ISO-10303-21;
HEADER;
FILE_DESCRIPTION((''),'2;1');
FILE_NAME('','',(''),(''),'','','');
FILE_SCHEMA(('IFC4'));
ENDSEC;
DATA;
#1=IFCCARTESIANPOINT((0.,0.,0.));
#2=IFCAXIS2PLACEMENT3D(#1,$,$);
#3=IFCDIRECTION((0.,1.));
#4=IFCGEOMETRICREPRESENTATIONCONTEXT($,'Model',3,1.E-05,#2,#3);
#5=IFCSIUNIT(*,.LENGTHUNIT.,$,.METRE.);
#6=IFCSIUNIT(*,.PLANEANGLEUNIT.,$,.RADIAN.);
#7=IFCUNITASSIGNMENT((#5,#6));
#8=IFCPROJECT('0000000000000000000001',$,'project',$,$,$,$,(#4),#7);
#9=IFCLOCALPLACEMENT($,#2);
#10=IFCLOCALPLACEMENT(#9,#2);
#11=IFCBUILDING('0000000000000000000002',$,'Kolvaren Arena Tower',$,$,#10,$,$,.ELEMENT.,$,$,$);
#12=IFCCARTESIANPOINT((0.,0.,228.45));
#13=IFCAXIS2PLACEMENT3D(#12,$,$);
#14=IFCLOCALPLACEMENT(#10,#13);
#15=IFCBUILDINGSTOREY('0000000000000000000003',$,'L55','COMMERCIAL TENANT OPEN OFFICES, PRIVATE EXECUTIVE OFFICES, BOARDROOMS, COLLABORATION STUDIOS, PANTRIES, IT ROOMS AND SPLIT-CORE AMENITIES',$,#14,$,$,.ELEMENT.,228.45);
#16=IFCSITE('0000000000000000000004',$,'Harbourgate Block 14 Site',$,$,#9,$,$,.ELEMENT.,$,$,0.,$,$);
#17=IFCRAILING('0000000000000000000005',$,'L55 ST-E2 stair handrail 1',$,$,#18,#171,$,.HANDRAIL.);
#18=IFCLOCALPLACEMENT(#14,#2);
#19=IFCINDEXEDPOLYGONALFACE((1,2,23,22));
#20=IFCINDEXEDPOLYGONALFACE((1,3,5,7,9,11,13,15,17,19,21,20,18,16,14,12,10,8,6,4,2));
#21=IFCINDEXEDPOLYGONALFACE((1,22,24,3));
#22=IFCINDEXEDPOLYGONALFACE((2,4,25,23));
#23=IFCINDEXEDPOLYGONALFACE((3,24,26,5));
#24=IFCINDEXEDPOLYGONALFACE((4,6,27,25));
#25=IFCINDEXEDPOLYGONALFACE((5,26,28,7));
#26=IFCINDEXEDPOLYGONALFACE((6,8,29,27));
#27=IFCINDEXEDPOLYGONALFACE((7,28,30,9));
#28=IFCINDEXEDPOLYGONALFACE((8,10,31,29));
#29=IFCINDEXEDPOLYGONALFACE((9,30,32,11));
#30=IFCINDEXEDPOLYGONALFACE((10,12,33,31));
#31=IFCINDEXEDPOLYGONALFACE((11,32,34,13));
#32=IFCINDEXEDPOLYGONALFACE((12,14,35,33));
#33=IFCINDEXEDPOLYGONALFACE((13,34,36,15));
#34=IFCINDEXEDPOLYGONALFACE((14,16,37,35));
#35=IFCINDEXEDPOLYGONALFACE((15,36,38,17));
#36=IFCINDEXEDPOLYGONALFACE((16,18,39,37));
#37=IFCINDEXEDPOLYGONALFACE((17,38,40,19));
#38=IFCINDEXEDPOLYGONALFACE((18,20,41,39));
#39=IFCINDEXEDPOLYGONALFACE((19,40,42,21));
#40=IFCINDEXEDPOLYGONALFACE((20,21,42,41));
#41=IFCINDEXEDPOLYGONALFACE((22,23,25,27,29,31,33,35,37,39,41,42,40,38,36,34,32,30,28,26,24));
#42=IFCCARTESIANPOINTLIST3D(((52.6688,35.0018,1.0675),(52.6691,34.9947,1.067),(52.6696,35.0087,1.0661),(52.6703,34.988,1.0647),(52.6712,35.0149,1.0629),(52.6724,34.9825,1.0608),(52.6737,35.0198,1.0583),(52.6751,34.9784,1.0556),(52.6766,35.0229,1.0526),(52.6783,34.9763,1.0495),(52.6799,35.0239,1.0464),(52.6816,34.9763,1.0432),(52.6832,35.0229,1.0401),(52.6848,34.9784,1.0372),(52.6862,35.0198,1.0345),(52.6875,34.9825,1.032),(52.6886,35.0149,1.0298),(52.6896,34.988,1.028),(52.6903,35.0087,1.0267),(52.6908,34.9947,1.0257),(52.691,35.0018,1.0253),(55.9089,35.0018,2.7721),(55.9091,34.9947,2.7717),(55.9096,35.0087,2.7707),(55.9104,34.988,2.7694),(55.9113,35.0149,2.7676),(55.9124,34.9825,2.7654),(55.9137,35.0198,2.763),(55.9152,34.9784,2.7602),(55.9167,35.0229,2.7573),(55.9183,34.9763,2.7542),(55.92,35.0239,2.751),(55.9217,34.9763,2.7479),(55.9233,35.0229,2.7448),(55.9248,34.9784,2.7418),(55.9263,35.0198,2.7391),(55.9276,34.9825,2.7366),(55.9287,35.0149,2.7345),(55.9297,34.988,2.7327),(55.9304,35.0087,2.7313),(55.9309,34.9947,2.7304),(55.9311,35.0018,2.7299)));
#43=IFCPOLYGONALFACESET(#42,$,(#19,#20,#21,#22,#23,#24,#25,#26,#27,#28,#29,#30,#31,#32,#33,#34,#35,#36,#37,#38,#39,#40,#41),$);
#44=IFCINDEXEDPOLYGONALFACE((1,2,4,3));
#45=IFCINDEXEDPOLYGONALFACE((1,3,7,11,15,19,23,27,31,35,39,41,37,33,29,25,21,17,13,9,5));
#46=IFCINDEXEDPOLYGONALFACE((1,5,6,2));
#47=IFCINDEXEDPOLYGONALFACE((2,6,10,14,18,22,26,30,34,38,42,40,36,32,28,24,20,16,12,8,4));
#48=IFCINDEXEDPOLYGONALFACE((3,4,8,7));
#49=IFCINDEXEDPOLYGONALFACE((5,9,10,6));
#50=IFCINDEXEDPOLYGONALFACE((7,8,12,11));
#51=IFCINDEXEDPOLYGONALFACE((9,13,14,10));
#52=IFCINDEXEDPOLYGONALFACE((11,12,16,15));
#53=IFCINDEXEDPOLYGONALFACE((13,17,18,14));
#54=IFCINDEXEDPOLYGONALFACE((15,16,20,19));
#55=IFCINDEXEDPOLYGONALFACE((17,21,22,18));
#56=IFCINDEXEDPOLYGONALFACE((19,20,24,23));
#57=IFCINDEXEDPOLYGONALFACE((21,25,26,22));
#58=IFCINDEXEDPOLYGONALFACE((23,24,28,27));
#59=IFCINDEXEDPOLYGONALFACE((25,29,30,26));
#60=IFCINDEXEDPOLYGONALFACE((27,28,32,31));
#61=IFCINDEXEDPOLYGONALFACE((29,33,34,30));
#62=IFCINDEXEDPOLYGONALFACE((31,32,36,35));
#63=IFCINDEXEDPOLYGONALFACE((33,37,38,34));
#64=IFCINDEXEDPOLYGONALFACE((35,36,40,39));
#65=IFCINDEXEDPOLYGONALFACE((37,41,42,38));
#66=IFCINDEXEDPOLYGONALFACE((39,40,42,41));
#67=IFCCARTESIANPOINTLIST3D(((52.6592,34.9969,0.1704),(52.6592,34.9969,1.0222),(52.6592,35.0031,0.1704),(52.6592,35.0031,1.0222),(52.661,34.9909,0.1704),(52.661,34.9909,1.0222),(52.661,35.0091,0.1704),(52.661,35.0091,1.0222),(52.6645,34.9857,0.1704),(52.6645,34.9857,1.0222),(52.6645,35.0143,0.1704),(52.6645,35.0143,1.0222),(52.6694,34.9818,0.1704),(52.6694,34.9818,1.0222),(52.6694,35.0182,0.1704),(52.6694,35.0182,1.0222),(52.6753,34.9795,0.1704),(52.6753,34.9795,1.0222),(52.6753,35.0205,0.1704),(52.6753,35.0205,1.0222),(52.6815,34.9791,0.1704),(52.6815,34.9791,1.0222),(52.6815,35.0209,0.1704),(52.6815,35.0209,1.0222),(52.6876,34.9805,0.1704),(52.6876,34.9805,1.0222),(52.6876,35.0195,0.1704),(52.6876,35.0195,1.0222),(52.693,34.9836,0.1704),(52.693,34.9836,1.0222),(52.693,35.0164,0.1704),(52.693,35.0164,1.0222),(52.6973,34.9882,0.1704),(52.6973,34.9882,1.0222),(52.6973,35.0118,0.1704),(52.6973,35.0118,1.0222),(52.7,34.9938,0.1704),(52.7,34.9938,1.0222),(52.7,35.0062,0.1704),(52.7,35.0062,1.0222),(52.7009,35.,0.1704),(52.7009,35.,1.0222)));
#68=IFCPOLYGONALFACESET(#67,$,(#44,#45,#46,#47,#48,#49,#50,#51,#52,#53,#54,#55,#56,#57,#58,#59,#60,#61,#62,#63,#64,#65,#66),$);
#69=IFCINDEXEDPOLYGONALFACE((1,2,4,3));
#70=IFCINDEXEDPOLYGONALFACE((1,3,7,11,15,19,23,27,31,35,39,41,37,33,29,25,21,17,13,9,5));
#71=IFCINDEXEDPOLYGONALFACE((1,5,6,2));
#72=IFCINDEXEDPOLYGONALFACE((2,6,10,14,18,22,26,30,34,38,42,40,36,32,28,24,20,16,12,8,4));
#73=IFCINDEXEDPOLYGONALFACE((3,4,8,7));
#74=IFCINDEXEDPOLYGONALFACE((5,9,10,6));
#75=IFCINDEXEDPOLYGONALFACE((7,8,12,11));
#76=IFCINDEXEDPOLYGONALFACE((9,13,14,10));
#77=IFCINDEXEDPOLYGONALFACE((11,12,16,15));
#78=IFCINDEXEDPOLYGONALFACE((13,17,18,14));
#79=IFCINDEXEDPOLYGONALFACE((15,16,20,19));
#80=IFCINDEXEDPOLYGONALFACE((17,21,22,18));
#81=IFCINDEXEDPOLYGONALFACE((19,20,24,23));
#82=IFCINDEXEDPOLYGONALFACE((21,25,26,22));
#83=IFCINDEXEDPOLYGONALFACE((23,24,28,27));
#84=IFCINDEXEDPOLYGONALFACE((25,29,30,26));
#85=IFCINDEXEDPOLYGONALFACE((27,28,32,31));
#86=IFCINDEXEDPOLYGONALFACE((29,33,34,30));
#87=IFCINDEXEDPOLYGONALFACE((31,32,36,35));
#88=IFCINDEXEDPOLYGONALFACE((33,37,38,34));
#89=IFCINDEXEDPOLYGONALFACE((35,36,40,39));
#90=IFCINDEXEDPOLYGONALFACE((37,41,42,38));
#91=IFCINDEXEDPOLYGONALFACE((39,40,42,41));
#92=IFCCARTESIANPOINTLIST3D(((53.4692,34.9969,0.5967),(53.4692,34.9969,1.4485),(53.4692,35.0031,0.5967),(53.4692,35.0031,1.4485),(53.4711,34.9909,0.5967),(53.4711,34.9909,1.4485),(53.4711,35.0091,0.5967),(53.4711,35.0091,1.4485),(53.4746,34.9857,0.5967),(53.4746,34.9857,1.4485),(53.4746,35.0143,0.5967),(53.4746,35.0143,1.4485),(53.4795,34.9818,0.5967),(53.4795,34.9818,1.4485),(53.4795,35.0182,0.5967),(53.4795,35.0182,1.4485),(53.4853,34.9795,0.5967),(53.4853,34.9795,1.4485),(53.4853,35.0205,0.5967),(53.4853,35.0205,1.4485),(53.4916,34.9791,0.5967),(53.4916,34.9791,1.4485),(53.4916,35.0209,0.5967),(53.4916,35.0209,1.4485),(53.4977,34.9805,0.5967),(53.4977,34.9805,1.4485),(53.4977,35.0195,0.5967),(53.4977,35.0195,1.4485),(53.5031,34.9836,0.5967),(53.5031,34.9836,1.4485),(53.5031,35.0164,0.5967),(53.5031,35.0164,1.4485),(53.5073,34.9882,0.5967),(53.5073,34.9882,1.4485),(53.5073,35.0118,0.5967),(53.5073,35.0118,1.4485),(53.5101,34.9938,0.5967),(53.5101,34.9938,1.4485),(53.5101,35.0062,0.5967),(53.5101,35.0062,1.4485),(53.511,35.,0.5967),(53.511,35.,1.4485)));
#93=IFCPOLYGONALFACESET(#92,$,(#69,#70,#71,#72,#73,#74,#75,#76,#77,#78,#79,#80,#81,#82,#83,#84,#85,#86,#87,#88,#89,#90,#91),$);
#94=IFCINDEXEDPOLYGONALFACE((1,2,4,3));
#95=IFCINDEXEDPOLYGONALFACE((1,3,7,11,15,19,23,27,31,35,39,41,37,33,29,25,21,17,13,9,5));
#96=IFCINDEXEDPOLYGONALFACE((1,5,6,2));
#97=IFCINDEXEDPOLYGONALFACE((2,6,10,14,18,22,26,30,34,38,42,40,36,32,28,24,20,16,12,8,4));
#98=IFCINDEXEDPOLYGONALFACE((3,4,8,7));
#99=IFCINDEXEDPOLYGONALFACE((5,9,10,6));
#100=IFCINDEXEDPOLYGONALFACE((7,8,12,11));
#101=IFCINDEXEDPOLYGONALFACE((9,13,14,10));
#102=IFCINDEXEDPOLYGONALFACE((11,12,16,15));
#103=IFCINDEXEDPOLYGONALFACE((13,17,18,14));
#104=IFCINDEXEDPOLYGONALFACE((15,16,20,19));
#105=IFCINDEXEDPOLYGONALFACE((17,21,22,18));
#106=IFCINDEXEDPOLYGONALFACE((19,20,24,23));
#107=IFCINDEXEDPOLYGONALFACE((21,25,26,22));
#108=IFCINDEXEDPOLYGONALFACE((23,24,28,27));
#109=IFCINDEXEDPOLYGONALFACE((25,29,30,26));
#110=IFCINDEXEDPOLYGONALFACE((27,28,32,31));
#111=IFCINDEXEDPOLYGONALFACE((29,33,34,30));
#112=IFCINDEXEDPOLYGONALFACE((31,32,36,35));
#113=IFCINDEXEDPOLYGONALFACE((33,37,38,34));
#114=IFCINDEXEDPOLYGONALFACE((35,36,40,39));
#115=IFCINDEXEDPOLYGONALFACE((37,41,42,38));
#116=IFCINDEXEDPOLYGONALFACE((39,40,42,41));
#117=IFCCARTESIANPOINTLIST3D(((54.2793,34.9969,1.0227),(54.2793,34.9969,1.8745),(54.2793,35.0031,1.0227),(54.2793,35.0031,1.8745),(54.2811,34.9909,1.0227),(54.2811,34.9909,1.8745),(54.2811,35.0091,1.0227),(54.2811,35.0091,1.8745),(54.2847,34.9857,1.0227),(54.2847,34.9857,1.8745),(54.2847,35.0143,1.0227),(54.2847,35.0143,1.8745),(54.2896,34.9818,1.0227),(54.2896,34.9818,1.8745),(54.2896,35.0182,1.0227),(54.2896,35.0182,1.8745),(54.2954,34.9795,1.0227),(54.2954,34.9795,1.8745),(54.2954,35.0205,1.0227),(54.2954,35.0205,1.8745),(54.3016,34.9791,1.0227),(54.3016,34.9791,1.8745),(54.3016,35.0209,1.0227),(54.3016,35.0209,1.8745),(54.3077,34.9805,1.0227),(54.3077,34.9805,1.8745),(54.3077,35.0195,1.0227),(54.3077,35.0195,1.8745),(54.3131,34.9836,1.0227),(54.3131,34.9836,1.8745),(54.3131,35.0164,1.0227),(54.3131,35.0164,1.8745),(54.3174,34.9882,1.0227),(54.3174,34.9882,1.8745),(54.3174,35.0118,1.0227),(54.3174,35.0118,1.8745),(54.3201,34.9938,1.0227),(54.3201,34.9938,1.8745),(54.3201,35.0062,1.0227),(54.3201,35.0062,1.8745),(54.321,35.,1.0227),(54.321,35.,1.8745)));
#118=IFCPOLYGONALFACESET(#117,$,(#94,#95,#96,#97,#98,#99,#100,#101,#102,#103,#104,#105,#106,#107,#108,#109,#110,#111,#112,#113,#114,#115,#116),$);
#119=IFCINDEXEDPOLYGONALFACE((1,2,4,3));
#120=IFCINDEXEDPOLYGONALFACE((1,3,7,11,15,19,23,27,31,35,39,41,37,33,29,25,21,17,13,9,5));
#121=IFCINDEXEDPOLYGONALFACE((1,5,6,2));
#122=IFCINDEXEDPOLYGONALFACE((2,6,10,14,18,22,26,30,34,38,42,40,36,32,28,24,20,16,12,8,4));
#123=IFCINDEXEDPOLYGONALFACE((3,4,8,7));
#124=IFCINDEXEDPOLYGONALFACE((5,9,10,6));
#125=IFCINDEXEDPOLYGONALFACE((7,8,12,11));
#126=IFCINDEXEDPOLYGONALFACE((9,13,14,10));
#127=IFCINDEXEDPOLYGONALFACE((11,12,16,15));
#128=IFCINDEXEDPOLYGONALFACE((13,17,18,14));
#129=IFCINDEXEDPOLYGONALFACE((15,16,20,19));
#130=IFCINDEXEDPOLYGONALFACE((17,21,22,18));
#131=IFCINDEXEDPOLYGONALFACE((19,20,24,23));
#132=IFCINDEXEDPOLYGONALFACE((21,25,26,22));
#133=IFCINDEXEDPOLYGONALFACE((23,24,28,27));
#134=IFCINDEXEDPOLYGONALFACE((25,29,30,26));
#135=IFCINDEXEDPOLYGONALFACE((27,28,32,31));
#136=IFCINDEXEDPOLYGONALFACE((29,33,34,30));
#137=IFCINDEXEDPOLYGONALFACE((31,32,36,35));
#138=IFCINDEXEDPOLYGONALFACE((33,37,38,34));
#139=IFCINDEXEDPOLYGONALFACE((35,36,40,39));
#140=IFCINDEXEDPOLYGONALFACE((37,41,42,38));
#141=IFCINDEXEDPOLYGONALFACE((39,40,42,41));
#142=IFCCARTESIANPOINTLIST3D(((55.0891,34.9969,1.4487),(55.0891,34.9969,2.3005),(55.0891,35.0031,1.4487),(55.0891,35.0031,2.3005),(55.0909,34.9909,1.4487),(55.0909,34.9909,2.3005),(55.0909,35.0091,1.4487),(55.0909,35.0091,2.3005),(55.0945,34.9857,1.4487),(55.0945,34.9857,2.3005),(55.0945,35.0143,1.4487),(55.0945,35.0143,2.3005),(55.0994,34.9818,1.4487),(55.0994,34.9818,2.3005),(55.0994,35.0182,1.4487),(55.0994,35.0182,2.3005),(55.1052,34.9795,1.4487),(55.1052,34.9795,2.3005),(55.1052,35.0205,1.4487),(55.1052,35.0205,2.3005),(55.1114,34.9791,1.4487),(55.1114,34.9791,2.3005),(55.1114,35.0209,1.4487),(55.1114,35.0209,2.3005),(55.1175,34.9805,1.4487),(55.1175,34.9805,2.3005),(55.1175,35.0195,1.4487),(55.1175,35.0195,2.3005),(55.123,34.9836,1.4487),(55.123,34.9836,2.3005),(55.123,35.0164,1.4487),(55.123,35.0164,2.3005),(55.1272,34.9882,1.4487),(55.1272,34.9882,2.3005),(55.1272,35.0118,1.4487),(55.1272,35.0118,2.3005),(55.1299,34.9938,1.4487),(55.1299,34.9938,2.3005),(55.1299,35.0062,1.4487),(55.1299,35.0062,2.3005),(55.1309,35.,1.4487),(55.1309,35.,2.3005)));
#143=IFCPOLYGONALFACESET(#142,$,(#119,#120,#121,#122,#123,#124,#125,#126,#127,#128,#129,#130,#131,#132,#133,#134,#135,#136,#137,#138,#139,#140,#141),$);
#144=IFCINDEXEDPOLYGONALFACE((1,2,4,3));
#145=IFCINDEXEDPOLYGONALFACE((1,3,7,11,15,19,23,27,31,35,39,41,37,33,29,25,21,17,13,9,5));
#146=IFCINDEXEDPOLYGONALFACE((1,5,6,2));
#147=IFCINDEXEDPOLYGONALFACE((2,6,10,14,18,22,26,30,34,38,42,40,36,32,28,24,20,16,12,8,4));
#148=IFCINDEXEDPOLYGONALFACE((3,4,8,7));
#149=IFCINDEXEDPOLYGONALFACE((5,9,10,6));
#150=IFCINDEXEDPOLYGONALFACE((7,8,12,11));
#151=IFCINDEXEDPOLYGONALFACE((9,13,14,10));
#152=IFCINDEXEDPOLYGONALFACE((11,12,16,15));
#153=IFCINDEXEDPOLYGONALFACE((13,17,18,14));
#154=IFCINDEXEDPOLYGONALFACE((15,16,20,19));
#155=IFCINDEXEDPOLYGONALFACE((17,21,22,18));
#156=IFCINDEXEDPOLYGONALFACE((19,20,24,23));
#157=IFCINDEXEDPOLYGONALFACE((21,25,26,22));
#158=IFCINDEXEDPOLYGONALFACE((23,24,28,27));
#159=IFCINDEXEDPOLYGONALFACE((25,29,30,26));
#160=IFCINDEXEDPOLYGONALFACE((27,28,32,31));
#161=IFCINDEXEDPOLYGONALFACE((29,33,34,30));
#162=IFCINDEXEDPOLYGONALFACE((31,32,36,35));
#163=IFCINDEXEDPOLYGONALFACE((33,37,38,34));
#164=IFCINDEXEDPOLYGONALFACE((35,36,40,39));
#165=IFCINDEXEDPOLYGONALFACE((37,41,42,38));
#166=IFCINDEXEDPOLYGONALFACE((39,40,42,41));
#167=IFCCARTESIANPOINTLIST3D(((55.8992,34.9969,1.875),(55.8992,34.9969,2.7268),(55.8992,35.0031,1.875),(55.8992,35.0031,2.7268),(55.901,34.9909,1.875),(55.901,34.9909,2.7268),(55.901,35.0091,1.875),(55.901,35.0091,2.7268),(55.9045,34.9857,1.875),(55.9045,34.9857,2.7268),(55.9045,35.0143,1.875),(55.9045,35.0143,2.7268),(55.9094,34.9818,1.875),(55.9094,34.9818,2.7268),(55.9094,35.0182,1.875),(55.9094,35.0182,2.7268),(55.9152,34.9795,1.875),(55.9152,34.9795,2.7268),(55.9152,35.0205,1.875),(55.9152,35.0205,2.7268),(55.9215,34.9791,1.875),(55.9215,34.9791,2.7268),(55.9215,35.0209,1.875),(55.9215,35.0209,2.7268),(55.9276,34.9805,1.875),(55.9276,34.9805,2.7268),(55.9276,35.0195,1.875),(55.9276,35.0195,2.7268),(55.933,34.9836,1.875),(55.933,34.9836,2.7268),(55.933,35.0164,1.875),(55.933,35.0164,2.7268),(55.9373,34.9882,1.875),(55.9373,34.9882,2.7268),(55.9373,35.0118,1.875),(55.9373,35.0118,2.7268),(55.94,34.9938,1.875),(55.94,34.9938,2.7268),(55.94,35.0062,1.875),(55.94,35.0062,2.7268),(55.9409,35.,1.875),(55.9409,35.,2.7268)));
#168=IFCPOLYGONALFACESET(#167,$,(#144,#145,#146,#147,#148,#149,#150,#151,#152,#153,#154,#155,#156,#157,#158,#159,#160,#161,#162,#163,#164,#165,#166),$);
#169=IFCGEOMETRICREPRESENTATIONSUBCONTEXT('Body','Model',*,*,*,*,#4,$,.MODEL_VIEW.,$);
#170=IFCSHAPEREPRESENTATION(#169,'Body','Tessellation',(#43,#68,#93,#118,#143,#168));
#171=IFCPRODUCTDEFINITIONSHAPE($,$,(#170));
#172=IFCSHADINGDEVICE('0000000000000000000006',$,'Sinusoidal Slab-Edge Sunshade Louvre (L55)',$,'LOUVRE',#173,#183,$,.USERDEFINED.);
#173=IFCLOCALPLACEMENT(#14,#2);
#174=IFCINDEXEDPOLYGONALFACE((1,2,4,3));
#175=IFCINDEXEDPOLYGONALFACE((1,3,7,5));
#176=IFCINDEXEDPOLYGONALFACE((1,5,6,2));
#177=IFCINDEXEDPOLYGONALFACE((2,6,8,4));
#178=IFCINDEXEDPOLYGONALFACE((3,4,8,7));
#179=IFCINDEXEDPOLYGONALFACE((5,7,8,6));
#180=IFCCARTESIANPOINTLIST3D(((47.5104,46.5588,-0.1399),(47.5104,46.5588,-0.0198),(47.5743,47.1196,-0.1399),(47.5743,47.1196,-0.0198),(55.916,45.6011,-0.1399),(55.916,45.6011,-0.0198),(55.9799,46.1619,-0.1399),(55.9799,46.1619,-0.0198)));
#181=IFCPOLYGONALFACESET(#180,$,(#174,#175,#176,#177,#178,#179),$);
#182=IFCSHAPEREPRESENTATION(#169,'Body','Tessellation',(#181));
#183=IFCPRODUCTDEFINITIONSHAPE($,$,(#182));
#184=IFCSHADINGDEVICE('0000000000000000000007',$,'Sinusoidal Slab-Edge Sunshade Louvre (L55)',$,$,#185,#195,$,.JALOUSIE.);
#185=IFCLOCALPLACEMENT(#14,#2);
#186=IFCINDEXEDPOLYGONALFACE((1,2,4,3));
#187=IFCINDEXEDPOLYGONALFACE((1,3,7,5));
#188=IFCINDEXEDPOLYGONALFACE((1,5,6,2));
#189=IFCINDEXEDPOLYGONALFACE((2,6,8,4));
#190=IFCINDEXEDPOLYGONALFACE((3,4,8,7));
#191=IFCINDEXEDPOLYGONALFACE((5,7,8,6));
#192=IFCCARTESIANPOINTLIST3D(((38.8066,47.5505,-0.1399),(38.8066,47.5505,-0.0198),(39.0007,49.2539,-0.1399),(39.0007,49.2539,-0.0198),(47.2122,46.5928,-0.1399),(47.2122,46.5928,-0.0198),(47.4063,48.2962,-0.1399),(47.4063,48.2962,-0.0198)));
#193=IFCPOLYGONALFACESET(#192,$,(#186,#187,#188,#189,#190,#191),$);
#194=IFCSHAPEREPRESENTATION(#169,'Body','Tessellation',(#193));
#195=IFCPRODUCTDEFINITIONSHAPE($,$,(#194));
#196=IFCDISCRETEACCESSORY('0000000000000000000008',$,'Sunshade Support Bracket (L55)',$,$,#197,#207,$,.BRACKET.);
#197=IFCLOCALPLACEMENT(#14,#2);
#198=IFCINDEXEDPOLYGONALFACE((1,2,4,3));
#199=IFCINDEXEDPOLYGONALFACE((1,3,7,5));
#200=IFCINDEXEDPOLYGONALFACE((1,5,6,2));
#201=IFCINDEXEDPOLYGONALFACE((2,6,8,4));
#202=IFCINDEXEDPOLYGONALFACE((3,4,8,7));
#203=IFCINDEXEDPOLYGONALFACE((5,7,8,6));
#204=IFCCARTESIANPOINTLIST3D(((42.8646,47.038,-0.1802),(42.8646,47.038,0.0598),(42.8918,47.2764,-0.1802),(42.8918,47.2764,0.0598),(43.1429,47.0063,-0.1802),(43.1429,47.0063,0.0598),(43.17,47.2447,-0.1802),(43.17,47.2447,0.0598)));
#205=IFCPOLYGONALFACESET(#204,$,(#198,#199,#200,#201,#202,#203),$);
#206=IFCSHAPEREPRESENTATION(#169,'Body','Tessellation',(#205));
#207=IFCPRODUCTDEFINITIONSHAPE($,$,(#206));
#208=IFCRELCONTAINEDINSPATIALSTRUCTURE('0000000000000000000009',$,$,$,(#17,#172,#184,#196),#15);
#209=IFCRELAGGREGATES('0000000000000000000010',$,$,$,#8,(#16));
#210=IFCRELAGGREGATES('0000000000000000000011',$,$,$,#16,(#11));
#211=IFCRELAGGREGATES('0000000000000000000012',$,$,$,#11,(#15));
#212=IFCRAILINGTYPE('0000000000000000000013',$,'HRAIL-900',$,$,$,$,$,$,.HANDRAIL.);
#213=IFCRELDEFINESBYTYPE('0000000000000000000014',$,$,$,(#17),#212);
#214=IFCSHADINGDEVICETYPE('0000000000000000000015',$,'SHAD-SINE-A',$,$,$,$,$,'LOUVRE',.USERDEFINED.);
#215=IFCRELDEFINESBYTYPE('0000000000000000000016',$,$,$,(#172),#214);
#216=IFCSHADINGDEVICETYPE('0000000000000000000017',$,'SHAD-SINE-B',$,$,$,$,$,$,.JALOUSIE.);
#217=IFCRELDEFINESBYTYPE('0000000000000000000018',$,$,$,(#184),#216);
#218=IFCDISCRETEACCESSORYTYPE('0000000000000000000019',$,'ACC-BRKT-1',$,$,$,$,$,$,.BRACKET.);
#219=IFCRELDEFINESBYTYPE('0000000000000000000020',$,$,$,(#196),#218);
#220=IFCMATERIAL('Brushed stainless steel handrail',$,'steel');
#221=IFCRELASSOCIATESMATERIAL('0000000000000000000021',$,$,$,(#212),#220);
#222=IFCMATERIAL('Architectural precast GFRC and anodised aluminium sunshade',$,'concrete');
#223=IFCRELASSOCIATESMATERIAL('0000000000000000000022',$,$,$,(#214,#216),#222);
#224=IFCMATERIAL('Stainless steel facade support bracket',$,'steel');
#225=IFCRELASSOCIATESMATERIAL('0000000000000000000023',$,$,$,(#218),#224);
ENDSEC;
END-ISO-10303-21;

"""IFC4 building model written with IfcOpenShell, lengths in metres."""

from ifc_helpers import new_model, si_unit, direction, frame, origin, origin_2d, place, context, subcontext, project, spatial, rectangle, circle, extrude, material, type_object, element, save


model = new_model("IFC4")

# Units and contexts
model_context = context("Model", 3, precision=1e-05, world=origin(), true_north=direction((0.0, 1.0)))
body_context = subcontext(model_context, "Body", "Model", "MODEL_VIEW")
ifc_project = project(units=[si_unit("LENGTHUNIT", "METRE"), si_unit("PLANEANGLEUNIT", "RADIAN")], contexts=[model_context])

# Site, building, storey
site_placement = place(None, origin())
site = spatial("IfcSite", under=ifc_project, at=site_placement, Name="Harbourgate Block 14 Site", CompositionType="ELEMENT", RefElevation=0.0)
building_placement = place(site_placement, origin())
building = spatial("IfcBuilding", under=site, at=building_placement, Name="Kolvaren Arena Tower", CompositionType="ELEMENT")
storey_placement = place(building_placement, frame((0.0, 0.0, 228.45)))
storey = spatial("IfcBuildingStorey", under=building, at=storey_placement, Name="L55", Description="COMMERCIAL TENANT OPEN OFFICES, PRIVATE EXECUTIVE OFFICES, BOARDROOMS, COLLABORATION STUDIOS, PANTRIES, IT ROOMS AND SPLIT-CORE AMENITIES", CompositionType="ELEMENT", Elevation=228.45)

# Railing
ifc_material_1 = material(Name="Brushed stainless steel handrail", Category="steel")
railing_type_1 = type_object("IfcRailingType", Name="HRAIL-900", PredefinedType="HANDRAIL", material=ifc_material_1)
railing_1_placement = place(storey_placement, frame((52.6799, 35.0, 0.1704)))
element("IfcRailing", 1, at=railing_1_placement, inside=storey, type_object=railing_type_1, Name="L55 ST-E2 stair handrail 1", PredefinedType="HANDRAIL", context=body_context, shape_type="SweptSolid", body=[
    extrude(circle(Radius=0.0239, at=origin_2d()), frame((0.0, 0.0, 0.876), z_axis=(0.884993, 0.0, 0.465604), x_axis=(0.0, 1.0, 0.0)), (0.0, 0.0, 1.0), 3.6611),
    extrude(circle(Radius=0.021, at=origin_2d()), origin(), (0.0, 0.0, 1.0), 0.8518),
    extrude(circle(Radius=0.021, at=origin_2d()), frame((0.8101, 0.0, 0.4263)), (0.0, 0.0, 1.0), 0.8518),
    extrude(circle(Radius=0.021, at=origin_2d()), frame((1.6201, 0.0, 0.8523)), (0.0, 0.0, 1.0), 0.8518),
    extrude(circle(Radius=0.021, at=origin_2d()), frame((2.4299, 0.0, 1.2783)), (0.0, 0.0, 1.0), 0.8518),
    extrude(circle(Radius=0.021, at=origin_2d()), frame((3.24, 0.0, 1.7046)), (0.0, 0.0, 1.0), 0.8518),
])

# Shading devices
ifc_material_2 = material(Name="Architectural precast GFRC and anodised aluminium sunshade", Category="concrete")
shading_device_type_1 = type_object("IfcShadingDeviceType", Name="SHAD-SINE-A", ElementType="LOUVRE", PredefinedType="USERDEFINED", material=ifc_material_2)
shading_device_1_placement = place(storey_placement, frame((51.7451, 46.3604, -0.1399), z_axis=(0.0, 0.0, 1.0), x_axis=(0.993572, -0.113205, 0.0)))
element("IfcShadingDevice", 2, at=shading_device_1_placement, inside=storey, type_object=shading_device_type_1, Name="Sinusoidal Slab-Edge Sunshade Louvre (L55)", ObjectType="LOUVRE", PredefinedType="USERDEFINED", context=body_context, shape_type="SweptSolid", body=[
    extrude(rectangle(XDim=8.46, YDim=0.5645, at=origin_2d()), origin(), (0.0, 0.0, 1.0), 0.1201),
])
shading_device_type_2 = type_object("IfcShadingDeviceType", Name="SHAD-SINE-B", PredefinedType="JALOUSIE", material=ifc_material_2)
shading_device_2_placement = place(storey_placement, frame((43.1064, 47.9233, -0.1399), z_axis=(0.0, 0.0, 1.0), x_axis=(0.993572, -0.113205, 0.0)))
element("IfcShadingDevice", 3, at=shading_device_2_placement, inside=storey, type_object=shading_device_type_2, Name="Sinusoidal Slab-Edge Sunshade Louvre (L55)", PredefinedType="JALOUSIE", context=body_context, shape_type="SweptSolid", body=[
    extrude(rectangle(XDim=8.46, YDim=1.7144, at=origin_2d()), origin(), (0.0, 0.0, 1.0), 0.1201),
])

# Discrete accessory
ifc_material_3 = material(Name="Stainless steel facade support bracket", Category="steel")
discrete_accessory_type = type_object("IfcDiscreteAccessoryType", Name="ACC-BRKT-1", PredefinedType="BRACKET", material=ifc_material_3)
for number, where, z_axis, x_axis, name in (
    (4, (43.0173, 47.1414, -0.1802), (0.0, 0.0, 1.0), (0.993572, -0.113205, 0.0), "Sunshade Support Bracket (L55)"),
):
    element("IfcDiscreteAccessory", number, at=place(storey_placement, frame(where, z_axis=z_axis, x_axis=x_axis)), inside=storey, type_object=discrete_accessory_type, Name=name, PredefinedType="BRACKET", context=body_context, shape_type="SweptSolid", body=[
        extrude(rectangle(XDim=0.28, YDim=0.24, at=origin_2d()), origin(), (0.0, 0.0, 1.0), 0.24),
    ])

save(model, "model.ifc")
